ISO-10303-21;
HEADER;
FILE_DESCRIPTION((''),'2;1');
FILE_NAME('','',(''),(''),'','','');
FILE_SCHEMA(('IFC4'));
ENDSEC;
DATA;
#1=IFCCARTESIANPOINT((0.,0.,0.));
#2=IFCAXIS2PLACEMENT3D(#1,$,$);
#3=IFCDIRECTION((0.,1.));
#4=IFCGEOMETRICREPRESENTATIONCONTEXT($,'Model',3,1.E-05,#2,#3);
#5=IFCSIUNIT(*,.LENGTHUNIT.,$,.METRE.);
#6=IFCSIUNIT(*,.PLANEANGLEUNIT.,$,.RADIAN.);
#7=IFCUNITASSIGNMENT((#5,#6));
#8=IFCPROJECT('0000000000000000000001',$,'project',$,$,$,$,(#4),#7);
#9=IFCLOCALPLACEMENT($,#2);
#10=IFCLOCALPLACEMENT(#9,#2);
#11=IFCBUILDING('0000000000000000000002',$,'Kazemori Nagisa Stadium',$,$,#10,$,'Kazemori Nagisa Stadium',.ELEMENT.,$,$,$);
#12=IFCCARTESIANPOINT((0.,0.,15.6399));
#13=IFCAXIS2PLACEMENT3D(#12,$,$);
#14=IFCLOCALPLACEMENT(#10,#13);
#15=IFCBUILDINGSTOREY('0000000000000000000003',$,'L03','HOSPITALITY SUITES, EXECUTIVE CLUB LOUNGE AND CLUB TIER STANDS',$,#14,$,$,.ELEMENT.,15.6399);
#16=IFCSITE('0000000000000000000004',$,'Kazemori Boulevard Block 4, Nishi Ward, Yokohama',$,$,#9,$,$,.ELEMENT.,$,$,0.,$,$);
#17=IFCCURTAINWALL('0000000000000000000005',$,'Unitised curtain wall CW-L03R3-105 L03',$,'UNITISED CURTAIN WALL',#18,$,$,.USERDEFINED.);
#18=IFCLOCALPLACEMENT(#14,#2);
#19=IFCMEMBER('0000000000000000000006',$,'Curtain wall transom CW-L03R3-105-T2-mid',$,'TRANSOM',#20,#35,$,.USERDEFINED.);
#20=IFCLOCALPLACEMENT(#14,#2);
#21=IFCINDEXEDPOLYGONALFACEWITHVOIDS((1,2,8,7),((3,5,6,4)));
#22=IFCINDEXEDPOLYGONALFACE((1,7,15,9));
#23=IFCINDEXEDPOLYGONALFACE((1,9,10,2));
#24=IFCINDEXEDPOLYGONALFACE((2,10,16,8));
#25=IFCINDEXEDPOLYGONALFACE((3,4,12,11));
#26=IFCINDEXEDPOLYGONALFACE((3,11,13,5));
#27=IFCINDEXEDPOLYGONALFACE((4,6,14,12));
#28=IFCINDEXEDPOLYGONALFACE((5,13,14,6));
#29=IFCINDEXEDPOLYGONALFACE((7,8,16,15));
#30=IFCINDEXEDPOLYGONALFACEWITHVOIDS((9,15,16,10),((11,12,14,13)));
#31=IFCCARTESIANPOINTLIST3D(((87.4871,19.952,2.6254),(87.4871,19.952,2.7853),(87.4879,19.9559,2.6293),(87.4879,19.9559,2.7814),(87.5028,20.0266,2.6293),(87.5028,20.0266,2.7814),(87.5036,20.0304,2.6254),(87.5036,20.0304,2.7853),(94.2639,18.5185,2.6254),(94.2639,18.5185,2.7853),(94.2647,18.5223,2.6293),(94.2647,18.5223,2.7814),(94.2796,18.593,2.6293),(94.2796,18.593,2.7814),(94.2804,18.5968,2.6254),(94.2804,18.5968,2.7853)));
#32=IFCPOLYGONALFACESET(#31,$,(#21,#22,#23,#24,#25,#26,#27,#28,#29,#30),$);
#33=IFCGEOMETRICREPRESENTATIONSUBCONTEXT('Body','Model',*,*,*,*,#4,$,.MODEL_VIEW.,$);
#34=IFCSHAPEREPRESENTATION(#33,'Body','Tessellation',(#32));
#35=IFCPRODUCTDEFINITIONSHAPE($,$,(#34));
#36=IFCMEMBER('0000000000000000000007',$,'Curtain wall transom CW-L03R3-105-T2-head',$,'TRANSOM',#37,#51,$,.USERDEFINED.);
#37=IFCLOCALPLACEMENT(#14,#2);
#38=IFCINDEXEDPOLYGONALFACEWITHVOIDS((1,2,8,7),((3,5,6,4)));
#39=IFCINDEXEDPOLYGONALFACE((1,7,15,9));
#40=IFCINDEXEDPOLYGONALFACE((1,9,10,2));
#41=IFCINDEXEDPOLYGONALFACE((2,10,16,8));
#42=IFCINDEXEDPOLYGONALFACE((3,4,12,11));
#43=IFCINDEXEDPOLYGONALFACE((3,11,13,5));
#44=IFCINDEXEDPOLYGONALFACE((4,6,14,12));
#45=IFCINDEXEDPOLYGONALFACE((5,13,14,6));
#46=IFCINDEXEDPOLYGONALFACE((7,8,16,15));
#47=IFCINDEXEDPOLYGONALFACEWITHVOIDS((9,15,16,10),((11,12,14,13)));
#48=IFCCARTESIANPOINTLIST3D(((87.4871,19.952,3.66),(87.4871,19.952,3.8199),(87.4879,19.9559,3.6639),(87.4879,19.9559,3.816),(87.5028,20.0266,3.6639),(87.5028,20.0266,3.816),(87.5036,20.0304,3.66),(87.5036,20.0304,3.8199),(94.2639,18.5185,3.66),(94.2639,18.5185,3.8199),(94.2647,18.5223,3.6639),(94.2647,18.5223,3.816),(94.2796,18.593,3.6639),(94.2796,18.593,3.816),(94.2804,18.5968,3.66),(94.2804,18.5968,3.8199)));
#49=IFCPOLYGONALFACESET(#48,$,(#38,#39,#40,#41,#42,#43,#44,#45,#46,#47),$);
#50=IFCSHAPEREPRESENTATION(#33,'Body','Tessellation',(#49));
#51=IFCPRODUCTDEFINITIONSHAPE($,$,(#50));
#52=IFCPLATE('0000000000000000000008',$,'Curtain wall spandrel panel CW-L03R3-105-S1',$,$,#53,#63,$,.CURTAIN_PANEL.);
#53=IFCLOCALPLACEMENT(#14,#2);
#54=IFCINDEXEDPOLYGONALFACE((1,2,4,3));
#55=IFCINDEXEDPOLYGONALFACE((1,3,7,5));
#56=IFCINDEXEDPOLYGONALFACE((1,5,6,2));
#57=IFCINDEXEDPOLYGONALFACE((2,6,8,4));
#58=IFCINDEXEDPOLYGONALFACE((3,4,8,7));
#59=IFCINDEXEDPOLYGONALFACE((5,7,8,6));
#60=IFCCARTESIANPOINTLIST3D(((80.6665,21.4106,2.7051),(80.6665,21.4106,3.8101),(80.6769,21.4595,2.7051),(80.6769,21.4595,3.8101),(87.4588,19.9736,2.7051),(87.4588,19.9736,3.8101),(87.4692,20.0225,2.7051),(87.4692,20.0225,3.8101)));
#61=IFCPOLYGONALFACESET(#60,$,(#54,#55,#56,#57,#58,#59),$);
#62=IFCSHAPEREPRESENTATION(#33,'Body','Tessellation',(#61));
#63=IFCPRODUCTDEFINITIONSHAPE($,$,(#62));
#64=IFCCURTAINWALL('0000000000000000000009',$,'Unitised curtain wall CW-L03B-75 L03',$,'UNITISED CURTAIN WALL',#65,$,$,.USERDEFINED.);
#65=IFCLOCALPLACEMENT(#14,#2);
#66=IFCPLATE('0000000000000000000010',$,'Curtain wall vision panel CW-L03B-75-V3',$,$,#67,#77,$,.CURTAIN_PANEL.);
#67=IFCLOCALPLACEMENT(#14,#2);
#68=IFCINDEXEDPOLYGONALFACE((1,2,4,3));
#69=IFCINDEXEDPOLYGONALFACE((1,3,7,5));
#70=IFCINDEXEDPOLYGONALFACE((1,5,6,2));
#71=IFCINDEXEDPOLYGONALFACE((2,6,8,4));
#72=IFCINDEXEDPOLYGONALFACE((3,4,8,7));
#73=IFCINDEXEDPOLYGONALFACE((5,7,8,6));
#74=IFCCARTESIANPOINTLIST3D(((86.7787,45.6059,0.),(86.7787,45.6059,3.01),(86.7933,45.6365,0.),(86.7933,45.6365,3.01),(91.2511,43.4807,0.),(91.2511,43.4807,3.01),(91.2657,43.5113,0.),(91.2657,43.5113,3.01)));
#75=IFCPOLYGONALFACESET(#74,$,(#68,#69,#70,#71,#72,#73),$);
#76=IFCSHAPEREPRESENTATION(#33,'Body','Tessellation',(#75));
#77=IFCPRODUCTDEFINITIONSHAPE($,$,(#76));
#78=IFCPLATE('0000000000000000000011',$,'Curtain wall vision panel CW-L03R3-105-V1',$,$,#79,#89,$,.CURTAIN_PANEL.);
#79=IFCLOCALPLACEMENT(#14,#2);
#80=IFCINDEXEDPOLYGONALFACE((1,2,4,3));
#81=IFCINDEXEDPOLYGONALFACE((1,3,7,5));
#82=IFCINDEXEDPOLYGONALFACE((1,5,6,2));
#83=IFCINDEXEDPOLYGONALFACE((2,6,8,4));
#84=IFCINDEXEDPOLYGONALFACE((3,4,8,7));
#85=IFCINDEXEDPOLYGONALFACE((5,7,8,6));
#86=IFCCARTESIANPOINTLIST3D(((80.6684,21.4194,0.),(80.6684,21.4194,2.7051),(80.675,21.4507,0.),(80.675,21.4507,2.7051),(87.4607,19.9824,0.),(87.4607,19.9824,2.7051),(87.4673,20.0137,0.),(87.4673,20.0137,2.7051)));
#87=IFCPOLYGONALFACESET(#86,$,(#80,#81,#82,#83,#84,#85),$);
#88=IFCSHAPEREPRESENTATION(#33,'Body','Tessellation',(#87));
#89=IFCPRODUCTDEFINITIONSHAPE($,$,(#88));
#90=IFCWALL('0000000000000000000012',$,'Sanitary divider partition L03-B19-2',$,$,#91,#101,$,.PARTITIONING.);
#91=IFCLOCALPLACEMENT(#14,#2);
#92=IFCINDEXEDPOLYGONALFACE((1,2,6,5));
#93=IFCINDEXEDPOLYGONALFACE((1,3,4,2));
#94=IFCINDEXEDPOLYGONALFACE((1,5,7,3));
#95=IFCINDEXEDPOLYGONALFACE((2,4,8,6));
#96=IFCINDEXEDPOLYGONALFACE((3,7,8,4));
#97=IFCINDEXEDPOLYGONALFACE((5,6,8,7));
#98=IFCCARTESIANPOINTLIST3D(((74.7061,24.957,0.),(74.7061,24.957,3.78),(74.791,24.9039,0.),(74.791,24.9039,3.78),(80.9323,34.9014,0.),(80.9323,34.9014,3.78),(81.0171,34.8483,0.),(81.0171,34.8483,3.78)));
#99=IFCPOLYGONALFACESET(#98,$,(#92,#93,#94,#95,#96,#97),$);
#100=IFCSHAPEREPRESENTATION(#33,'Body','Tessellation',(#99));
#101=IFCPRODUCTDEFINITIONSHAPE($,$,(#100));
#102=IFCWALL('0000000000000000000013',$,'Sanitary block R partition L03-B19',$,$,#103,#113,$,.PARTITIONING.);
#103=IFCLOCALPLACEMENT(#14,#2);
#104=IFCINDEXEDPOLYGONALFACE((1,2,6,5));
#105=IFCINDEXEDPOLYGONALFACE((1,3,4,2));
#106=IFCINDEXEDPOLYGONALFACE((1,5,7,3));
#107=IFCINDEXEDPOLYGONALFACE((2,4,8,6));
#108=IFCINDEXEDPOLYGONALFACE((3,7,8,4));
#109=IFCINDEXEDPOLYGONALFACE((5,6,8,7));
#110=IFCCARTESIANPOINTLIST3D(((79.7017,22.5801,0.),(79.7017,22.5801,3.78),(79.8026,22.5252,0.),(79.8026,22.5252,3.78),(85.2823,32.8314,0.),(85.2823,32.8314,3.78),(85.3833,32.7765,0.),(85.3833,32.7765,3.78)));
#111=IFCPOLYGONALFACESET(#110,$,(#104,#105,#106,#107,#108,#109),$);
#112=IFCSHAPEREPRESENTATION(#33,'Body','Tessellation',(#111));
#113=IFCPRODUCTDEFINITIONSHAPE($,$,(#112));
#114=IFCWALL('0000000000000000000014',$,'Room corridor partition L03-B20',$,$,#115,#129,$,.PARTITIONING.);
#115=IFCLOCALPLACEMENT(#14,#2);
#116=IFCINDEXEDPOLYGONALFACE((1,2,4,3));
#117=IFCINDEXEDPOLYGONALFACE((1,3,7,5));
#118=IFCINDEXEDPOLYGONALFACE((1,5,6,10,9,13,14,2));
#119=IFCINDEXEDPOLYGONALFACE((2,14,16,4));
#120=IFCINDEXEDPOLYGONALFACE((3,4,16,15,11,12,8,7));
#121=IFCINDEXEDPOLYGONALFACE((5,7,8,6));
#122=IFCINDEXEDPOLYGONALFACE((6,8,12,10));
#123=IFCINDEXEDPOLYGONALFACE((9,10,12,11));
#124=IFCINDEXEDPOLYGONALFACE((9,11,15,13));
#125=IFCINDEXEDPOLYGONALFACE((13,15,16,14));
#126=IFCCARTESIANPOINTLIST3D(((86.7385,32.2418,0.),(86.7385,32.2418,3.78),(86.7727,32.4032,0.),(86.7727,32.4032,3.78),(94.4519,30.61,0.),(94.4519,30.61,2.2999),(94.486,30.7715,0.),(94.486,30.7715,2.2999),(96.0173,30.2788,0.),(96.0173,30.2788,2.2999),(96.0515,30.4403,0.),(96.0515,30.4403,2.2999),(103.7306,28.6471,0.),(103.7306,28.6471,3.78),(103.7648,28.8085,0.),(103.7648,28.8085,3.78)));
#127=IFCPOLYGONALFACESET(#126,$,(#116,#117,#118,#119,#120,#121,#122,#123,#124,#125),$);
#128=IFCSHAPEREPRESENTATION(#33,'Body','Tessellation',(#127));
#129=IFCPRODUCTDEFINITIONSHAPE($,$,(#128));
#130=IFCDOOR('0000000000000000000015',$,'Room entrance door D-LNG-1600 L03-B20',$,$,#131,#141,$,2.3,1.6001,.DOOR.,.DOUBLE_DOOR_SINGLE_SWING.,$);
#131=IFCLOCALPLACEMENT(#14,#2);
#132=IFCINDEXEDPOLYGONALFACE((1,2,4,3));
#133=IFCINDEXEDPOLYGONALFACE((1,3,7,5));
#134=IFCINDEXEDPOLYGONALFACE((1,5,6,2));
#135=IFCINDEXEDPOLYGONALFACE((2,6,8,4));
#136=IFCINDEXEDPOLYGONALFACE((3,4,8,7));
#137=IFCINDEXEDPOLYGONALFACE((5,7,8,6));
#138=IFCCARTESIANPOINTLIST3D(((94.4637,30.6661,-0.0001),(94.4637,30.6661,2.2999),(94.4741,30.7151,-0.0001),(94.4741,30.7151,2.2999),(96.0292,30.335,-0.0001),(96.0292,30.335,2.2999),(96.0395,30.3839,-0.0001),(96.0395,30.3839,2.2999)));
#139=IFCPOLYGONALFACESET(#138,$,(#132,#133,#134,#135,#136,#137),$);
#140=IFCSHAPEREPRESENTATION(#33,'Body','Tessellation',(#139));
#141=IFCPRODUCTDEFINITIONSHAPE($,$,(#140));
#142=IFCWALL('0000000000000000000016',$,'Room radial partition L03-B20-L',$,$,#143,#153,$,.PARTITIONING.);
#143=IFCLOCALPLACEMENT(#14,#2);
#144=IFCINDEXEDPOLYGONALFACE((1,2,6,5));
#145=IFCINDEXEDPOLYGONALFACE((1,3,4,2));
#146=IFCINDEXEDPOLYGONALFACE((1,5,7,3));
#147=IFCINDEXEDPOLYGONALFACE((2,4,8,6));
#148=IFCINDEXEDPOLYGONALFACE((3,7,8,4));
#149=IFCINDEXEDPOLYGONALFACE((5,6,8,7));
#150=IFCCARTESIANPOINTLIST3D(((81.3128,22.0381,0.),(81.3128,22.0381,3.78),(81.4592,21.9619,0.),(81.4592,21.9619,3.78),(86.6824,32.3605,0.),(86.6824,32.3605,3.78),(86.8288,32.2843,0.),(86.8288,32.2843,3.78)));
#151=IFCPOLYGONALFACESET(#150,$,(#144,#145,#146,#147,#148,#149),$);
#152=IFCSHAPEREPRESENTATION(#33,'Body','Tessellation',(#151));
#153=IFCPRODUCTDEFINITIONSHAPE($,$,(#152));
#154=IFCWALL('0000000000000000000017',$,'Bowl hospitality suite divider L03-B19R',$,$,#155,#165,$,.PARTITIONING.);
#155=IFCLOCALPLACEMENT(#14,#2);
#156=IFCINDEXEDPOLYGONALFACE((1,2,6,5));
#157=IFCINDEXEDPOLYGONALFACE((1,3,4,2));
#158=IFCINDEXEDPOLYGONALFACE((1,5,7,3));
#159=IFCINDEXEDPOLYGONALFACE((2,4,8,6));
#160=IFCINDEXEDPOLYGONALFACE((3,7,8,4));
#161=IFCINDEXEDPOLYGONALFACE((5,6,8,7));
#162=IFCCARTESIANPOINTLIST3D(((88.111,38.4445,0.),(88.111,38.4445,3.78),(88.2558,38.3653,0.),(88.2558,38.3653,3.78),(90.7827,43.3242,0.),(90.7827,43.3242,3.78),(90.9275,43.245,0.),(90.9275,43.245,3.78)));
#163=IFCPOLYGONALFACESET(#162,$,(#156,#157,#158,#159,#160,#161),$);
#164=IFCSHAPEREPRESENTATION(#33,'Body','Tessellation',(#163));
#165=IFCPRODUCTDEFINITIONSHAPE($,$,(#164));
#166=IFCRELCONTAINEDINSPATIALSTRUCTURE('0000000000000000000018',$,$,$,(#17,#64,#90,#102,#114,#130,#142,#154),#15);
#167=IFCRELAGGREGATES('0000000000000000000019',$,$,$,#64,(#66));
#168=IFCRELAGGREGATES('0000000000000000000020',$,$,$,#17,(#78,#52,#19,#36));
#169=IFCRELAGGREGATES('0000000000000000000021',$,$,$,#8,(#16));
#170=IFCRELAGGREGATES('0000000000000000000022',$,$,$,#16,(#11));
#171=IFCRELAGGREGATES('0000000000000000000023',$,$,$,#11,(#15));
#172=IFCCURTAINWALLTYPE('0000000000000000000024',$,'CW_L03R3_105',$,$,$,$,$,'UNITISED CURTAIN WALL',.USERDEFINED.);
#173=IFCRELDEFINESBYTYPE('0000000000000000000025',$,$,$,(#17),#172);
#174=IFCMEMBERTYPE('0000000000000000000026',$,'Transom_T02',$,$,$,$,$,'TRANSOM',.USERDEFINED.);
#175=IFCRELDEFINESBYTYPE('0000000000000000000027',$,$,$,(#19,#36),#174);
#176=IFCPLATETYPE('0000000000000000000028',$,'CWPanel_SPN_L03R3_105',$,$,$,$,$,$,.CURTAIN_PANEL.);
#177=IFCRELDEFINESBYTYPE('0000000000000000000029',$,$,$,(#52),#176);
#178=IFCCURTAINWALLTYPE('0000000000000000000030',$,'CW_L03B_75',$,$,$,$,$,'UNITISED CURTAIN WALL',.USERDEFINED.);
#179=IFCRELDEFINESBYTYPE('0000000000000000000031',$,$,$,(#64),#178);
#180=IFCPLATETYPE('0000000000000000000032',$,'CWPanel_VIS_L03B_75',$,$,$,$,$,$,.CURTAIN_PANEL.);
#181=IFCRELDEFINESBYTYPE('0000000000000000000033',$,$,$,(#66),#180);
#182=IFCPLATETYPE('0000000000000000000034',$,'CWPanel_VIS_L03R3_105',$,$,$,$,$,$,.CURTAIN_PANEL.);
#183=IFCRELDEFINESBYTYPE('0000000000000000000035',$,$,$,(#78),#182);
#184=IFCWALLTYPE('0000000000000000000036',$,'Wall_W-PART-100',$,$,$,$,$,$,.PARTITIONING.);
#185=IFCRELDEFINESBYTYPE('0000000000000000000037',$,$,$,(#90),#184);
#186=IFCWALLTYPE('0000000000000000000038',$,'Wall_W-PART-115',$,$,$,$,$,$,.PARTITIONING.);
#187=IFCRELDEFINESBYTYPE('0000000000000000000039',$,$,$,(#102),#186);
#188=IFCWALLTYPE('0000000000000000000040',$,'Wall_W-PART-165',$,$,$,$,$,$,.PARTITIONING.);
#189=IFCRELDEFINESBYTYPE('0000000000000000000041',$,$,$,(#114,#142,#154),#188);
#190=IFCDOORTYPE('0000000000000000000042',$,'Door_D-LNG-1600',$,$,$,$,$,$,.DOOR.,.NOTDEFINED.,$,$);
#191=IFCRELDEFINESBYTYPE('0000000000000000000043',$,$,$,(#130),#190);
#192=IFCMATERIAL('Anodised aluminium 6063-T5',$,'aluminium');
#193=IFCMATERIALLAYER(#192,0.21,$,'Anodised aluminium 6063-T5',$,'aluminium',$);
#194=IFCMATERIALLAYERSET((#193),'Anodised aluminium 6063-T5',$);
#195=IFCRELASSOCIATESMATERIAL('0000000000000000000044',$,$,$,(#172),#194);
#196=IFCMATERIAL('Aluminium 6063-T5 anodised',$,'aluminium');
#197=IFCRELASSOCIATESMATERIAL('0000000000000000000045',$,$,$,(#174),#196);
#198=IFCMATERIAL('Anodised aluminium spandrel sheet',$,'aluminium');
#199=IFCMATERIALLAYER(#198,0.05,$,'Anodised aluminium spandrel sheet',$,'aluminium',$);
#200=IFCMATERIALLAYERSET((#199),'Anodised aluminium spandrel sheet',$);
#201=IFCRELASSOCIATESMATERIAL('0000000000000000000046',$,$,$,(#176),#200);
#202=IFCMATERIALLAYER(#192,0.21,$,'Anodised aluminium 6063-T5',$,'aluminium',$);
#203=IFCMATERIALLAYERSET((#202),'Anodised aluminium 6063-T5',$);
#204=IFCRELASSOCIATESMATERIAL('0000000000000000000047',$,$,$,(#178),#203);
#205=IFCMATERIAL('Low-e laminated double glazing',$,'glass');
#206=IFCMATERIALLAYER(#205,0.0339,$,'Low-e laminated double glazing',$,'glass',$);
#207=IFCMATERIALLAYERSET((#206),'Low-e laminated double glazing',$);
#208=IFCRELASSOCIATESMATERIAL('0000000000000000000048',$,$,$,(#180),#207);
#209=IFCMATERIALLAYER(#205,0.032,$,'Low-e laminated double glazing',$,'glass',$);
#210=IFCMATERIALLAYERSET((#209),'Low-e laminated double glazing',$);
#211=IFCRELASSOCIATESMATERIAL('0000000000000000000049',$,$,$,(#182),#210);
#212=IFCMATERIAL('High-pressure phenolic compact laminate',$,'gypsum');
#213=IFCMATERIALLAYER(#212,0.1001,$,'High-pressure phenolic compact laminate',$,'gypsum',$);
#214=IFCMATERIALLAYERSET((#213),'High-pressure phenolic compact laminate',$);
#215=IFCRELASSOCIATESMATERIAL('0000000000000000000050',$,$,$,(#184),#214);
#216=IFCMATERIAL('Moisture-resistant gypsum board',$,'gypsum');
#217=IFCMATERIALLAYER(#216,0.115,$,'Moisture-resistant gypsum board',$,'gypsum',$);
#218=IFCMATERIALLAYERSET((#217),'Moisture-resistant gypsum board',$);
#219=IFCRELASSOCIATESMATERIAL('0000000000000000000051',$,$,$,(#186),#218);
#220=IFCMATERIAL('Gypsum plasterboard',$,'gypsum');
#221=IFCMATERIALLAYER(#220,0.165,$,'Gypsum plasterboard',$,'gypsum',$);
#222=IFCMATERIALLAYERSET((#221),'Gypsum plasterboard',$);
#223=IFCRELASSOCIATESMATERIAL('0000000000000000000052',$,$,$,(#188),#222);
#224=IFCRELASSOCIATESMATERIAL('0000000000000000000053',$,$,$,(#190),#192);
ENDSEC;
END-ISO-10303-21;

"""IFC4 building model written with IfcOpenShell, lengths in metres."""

from ifc_helpers import new_model, si_unit, direction, frame, frame_2d, origin, origin_2d, place, context, subcontext, project, spatial, rectangle, hollow_rectangle, extrude, material, layer, layer_set, material_profile, profile_set, type_object, element, fill, aggregate, save


model = new_model("IFC4")

# Units and contexts
model_context = context("Model", 3, precision=1e-05, world=origin(), true_north=direction((0.0, 1.0)))
body_context = subcontext(model_context, "Body", "Model", "MODEL_VIEW")
ifc_project = project(units=[si_unit("LENGTHUNIT", "METRE"), si_unit("PLANEANGLEUNIT", "RADIAN")], contexts=[model_context])

# Site, building, storey
site_placement = place(None, origin())
site = spatial("IfcSite", under=ifc_project, at=site_placement, Name="Kazemori Boulevard Block 4, Nishi Ward, Yokohama", CompositionType="ELEMENT", RefElevation=0.0)
building_placement = place(site_placement, origin())
building = spatial("IfcBuilding", under=site, at=building_placement, Name="Kazemori Nagisa Stadium", LongName="Kazemori Nagisa Stadium", CompositionType="ELEMENT")
storey_placement = place(building_placement, frame((0.0, 0.0, 15.6399)))
storey = spatial("IfcBuildingStorey", under=building, at=storey_placement, Name="L03", Description="HOSPITALITY SUITES, EXECUTIVE CLUB LOUNGE AND CLUB TIER STANDS", CompositionType="ELEMENT", Elevation=15.6399)

# Curtain wall, members, plate
ifc_material_1 = material(Name="Anodised aluminium 6063-T5", Category="aluminium")
ifc_layer_1 = layer(ifc_material_1, 0.21, Name="Anodised aluminium 6063-T5", Category="aluminium")
ifc_layer_set_1 = layer_set([ifc_layer_1], Name="Anodised aluminium 6063-T5")
curtain_wall_type_1 = type_object("IfcCurtainWallType", Name="CW_L03R3_105", ElementType="UNITISED CURTAIN WALL", PredefinedType="USERDEFINED", material=ifc_layer_set_1)
curtain_wall_1_placement = place(storey_placement, origin())
curtain_wall_1 = element("IfcCurtainWall", 1, at=curtain_wall_1_placement, inside=storey, type_object=curtain_wall_type_1, Name="Unitised curtain wall CW-L03R3-105 L03", ObjectType="UNITISED CURTAIN WALL", PredefinedType="USERDEFINED")
ifc_material_2 = material(Name="Aluminium 6063-T5 anodised", Category="aluminium")
ifc_material_profile_1 = material_profile(ifc_material_2, hollow_rectangle(XDim=0.0801, YDim=0.1599, WallThickness=0.0039, at=origin_2d()), Name="ALU-TRAN-80x160x4")
ifc_profile_set_1 = profile_set([ifc_material_profile_1], Name="Aluminium 6063-T5 anodised")
member_type_1 = type_object("IfcMemberType", Name="Transom_T02", ElementType="TRANSOM", PredefinedType="USERDEFINED", material=ifc_profile_set_1)
member_1_placement = place(storey_placement, frame((87.4954, 19.9912, 2.7053), z_axis=(0.978349, -0.206962, 0.0), x_axis=(0.206962, 0.978349, 0.0)))
member_1 = element("IfcMember", 2, at=member_1_placement, type_object=member_type_1, Name="Curtain wall transom CW-L03R3-105-T2-mid", ObjectType="TRANSOM", PredefinedType="USERDEFINED", context=body_context, shape_type="SweptSolid", body=[
    extrude(hollow_rectangle(XDim=0.0801, YDim=0.1599, WallThickness=0.0039, at=origin_2d()), origin(), (0.0, 0.0, 1.0), 6.9268),
])
member_2_placement = place(storey_placement, frame((87.4954, 19.9912, 3.74), z_axis=(0.978349, -0.206962, 0.0), x_axis=(0.206962, 0.978349, 0.0)))
member_2 = element("IfcMember", 3, at=member_2_placement, type_object=member_type_1, Name="Curtain wall transom CW-L03R3-105-T2-head", ObjectType="TRANSOM", PredefinedType="USERDEFINED", context=body_context, shape_type="SweptSolid", body=[
    extrude(hollow_rectangle(XDim=0.0801, YDim=0.1599, WallThickness=0.0039, at=origin_2d()), origin(), (0.0, 0.0, 1.0), 6.9268),
])
ifc_material_3 = material(Name="Anodised aluminium spandrel sheet", Category="aluminium")
ifc_layer_2 = layer(ifc_material_3, 0.05, Name="Anodised aluminium spandrel sheet", Category="aluminium")
ifc_layer_set_2 = layer_set([ifc_layer_2], Name="Anodised aluminium spandrel sheet")
plate_type_1 = type_object("IfcPlateType", Name="CWPanel_SPN_L03R3_105", PredefinedType="CURTAIN_PANEL", material=ifc_layer_set_2)
plate_1_placement = place(storey_placement, frame((84.0679, 20.7166, 2.7051), z_axis=(0.0, 0.0, 1.0), x_axis=(0.978345, -0.206981, 0.0)))
plate_1 = element("IfcPlate", 4, at=plate_1_placement, type_object=plate_type_1, Name="Curtain wall spandrel panel CW-L03R3-105-S1", PredefinedType="CURTAIN_PANEL", context=body_context, shape_type="SweptSolid", body=[
    extrude(rectangle(XDim=6.9426, YDim=0.05, at=origin_2d()), origin(), (0.0, 0.0, 1.0), 1.105),
])

# Curtain wall, plate
ifc_layer_3 = layer(ifc_material_1, 0.21, Name="Anodised aluminium 6063-T5", Category="aluminium")
ifc_layer_set_3 = layer_set([ifc_layer_3], Name="Anodised aluminium 6063-T5")
curtain_wall_type_2 = type_object("IfcCurtainWallType", Name="CW_L03B_75", ElementType="UNITISED CURTAIN WALL", PredefinedType="USERDEFINED", material=ifc_layer_set_3)
curtain_wall_2_placement = place(storey_placement, origin())
curtain_wall_2 = element("IfcCurtainWall", 5, at=curtain_wall_2_placement, inside=storey, type_object=curtain_wall_type_2, Name="Unitised curtain wall CW-L03B-75 L03", ObjectType="UNITISED CURTAIN WALL", PredefinedType="USERDEFINED")
ifc_material_4 = material(Name="Low-e laminated double glazing", Category="glass")
ifc_layer_4 = layer(ifc_material_4, 0.0339, Name="Low-e laminated double glazing", Category="glass")
ifc_layer_set_4 = layer_set([ifc_layer_4], Name="Low-e laminated double glazing")
plate_type_2 = type_object("IfcPlateType", Name="CWPanel_VIS_L03B_75", PredefinedType="CURTAIN_PANEL", material=ifc_layer_set_4)
plate_2_placement = place(storey_placement, frame((89.0222, 44.5586, 0.0), z_axis=(0.0, 0.0, 1.0), x_axis=(0.903216, -0.429186, 0.0)))
plate_2 = element("IfcPlate", 6, at=plate_2_placement, type_object=plate_type_2, Name="Curtain wall vision panel CW-L03B-75-V3", PredefinedType="CURTAIN_PANEL", context=body_context, shape_type="SweptSolid", body=[
    extrude(rectangle(XDim=4.9517, YDim=0.0339, at=origin_2d()), origin(), (0.0, 0.0, 1.0), 3.01),
])
aggregate(curtain_wall_2, [plate_2])

# Plate
ifc_layer_5 = layer(ifc_material_4, 0.032, Name="Low-e laminated double glazing", Category="glass")
ifc_layer_set_5 = layer_set([ifc_layer_5], Name="Low-e laminated double glazing")
plate_type_3 = type_object("IfcPlateType", Name="CWPanel_VIS_L03R3_105", PredefinedType="CURTAIN_PANEL", material=ifc_layer_set_5)
plate_3_placement = place(storey_placement, frame((84.0679, 20.7166, 0.0), z_axis=(0.0, 0.0, 1.0), x_axis=(0.978345, -0.206981, 0.0)))
plate_3 = element("IfcPlate", 7, at=plate_3_placement, type_object=plate_type_3, Name="Curtain wall vision panel CW-L03R3-105-V1", PredefinedType="CURTAIN_PANEL", context=body_context, shape_type="SweptSolid", body=[
    extrude(rectangle(XDim=6.9426, YDim=0.032, at=origin_2d()), origin(), (0.0, 0.0, 1.0), 2.7051),
])
aggregate(curtain_wall_1, [plate_3, plate_1, member_1, member_2])

# Walls
ifc_material_5 = material(Name="High-pressure phenolic compact laminate", Category="gypsum")
ifc_layer_6 = layer(ifc_material_5, 0.1001, Name="High-pressure phenolic compact laminate", Category="gypsum")
ifc_layer_set_6 = layer_set([ifc_layer_6], Name="High-pressure phenolic compact laminate")
wall_type_1 = type_object("IfcWallType", Name="Wall_W-PART-100", PredefinedType="PARTITIONING", material=ifc_layer_set_6)
wall_1_placement = place(storey_placement, frame((80.9746, 34.8748, 0.0), z_axis=(0.0, 0.0, 1.0), x_axis=(-0.530665, -0.847582, 0.0)))
element("IfcWall", 8, at=wall_1_placement, inside=storey, type_object=wall_type_1, Name="Sanitary divider partition L03-B19-2", PredefinedType="PARTITIONING", context=body_context, shape_type="SweptSolid", body=[
    extrude(rectangle(XDim=11.7327, YDim=0.1001, at=frame_2d((5.8662, 0.0))), origin(), (0.0, 0.0, 1.0), 3.78),
])
ifc_material_6 = material(Name="Moisture-resistant gypsum board", Category="gypsum")
ifc_layer_7 = layer(ifc_material_6, 0.115, Name="Moisture-resistant gypsum board", Category="gypsum")
ifc_layer_set_7 = layer_set([ifc_layer_7], Name="Moisture-resistant gypsum board")
wall_type_2 = type_object("IfcWallType", Name="Wall_W-PART-115", PredefinedType="PARTITIONING", material=ifc_layer_set_7)
wall_2_placement = place(storey_placement, frame((85.3328, 32.804, 0.0), z_axis=(0.0, 0.0, 1.0), x_axis=(-0.478125, -0.878292, 0.0)))
element("IfcWall", 9, at=wall_2_placement, inside=storey, type_object=wall_type_2, Name="Sanitary block R partition L03-B19", PredefinedType="PARTITIONING", context=body_context, shape_type="SweptSolid", body=[
    extrude(rectangle(XDim=11.6719, YDim=0.115, at=frame_2d((5.8359, 0.0))), origin(), (0.0, 0.0, 1.0), 3.78),
])

# Wall, opening, door
ifc_material_7 = material(Name="Gypsum plasterboard", Category="gypsum")
ifc_layer_8 = layer(ifc_material_7, 0.165, Name="Gypsum plasterboard", Category="gypsum")
ifc_layer_set_8 = layer_set([ifc_layer_8], Name="Gypsum plasterboard")
wall_type_3 = type_object("IfcWallType", Name="Wall_W-PART-165", PredefinedType="PARTITIONING", material=ifc_layer_set_8)
wall_3_placement = place(storey_placement, frame((86.7556, 32.3225, 0.0), z_axis=(0.0, 0.0, 1.0), x_axis=(0.978347, -0.206971, 0.0)))
wall_3 = element("IfcWall", 10, at=wall_3_placement, inside=storey, type_object=wall_type_3, Name="Room corridor partition L03-B20", PredefinedType="PARTITIONING", context=body_context, shape_type="SweptSolid", body=[
    extrude(rectangle(XDim=17.3682, YDim=0.165, at=frame_2d((8.6841, 0.0))), origin(), (0.0, 0.0, 1.0), 3.78),
])
opening_1_placement = place(wall_3_placement, frame((7.884, 0.0, 0.0)))
opening_1 = element("IfcOpeningElement", 11, at=opening_1_placement, cuts=wall_3, PredefinedType="OPENING", context=body_context, shape_type="SweptSolid", body=[
    extrude(rectangle(XDim=1.6001, YDim=2.3, at=frame_2d((0.8, 1.1499))), frame((0.0, 0.0925, 0.0), z_axis=(0.0, -1.0, 0.0), x_axis=(1.0, 0.0, 0.0)), (0.0, 0.0, 1.0), 0.1851),
])
door_type_1 = type_object("IfcDoorType", Name="Door_D-LNG-1600", OperationType="NOTDEFINED", PredefinedType="DOOR", material=ifc_material_1)
door_1_placement = place(opening_1_placement, origin())
door_1 = element("IfcDoor", 12, at=door_1_placement, inside=storey, type_object=door_type_1, Name="Room entrance door D-LNG-1600 L03-B20", OperationType="DOUBLE_DOOR_SINGLE_SWING", OverallHeight=2.3, OverallWidth=1.6001, PredefinedType="DOOR", context=body_context, shape_type="SweptSolid", body=[
    extrude(rectangle(XDim=1.6001, YDim=2.3, at=frame_2d((0.8, 1.1499))), frame((0.0, 0.0249, 0.0), z_axis=(0.0, -1.0, 0.0), x_axis=(1.0, 0.0, 0.0)), (0.0, 0.0, 1.0), 0.05),
])
fill(opening_1, door_1)

# Walls
wall_4_placement = place(storey_placement, frame((86.7556, 32.3225, 0.0), z_axis=(0.0, 0.0, 1.0), x_axis=(-0.461483, -0.887149, 0.0)))
element("IfcWall", 13, at=wall_4_placement, inside=storey, type_object=wall_type_3, Name="Room radial partition L03-B20-L", PredefinedType="PARTITIONING", context=body_context, shape_type="SweptSolid", body=[
    extrude(rectangle(XDim=11.6355, YDim=0.165, at=frame_2d((5.8179, 0.0))), origin(), (0.0, 0.0, 1.0), 3.78),
])
wall_5_placement = place(storey_placement, frame((88.1833, 38.4048, 0.0), z_axis=(0.0, 0.0, 1.0), x_axis=(0.480238, 0.877138, 0.0)))
element("IfcWall", 14, at=wall_5_placement, inside=storey, type_object=wall_type_3, Name="Bowl hospitality suite divider L03-B19R", PredefinedType="PARTITIONING", context=body_context, shape_type="SweptSolid", body=[
    extrude(rectangle(XDim=5.5632, YDim=0.165, at=frame_2d((2.7817, 0.0))), origin(), (0.0, 0.0, 1.0), 3.78),
])

save(model, "model.ifc")
